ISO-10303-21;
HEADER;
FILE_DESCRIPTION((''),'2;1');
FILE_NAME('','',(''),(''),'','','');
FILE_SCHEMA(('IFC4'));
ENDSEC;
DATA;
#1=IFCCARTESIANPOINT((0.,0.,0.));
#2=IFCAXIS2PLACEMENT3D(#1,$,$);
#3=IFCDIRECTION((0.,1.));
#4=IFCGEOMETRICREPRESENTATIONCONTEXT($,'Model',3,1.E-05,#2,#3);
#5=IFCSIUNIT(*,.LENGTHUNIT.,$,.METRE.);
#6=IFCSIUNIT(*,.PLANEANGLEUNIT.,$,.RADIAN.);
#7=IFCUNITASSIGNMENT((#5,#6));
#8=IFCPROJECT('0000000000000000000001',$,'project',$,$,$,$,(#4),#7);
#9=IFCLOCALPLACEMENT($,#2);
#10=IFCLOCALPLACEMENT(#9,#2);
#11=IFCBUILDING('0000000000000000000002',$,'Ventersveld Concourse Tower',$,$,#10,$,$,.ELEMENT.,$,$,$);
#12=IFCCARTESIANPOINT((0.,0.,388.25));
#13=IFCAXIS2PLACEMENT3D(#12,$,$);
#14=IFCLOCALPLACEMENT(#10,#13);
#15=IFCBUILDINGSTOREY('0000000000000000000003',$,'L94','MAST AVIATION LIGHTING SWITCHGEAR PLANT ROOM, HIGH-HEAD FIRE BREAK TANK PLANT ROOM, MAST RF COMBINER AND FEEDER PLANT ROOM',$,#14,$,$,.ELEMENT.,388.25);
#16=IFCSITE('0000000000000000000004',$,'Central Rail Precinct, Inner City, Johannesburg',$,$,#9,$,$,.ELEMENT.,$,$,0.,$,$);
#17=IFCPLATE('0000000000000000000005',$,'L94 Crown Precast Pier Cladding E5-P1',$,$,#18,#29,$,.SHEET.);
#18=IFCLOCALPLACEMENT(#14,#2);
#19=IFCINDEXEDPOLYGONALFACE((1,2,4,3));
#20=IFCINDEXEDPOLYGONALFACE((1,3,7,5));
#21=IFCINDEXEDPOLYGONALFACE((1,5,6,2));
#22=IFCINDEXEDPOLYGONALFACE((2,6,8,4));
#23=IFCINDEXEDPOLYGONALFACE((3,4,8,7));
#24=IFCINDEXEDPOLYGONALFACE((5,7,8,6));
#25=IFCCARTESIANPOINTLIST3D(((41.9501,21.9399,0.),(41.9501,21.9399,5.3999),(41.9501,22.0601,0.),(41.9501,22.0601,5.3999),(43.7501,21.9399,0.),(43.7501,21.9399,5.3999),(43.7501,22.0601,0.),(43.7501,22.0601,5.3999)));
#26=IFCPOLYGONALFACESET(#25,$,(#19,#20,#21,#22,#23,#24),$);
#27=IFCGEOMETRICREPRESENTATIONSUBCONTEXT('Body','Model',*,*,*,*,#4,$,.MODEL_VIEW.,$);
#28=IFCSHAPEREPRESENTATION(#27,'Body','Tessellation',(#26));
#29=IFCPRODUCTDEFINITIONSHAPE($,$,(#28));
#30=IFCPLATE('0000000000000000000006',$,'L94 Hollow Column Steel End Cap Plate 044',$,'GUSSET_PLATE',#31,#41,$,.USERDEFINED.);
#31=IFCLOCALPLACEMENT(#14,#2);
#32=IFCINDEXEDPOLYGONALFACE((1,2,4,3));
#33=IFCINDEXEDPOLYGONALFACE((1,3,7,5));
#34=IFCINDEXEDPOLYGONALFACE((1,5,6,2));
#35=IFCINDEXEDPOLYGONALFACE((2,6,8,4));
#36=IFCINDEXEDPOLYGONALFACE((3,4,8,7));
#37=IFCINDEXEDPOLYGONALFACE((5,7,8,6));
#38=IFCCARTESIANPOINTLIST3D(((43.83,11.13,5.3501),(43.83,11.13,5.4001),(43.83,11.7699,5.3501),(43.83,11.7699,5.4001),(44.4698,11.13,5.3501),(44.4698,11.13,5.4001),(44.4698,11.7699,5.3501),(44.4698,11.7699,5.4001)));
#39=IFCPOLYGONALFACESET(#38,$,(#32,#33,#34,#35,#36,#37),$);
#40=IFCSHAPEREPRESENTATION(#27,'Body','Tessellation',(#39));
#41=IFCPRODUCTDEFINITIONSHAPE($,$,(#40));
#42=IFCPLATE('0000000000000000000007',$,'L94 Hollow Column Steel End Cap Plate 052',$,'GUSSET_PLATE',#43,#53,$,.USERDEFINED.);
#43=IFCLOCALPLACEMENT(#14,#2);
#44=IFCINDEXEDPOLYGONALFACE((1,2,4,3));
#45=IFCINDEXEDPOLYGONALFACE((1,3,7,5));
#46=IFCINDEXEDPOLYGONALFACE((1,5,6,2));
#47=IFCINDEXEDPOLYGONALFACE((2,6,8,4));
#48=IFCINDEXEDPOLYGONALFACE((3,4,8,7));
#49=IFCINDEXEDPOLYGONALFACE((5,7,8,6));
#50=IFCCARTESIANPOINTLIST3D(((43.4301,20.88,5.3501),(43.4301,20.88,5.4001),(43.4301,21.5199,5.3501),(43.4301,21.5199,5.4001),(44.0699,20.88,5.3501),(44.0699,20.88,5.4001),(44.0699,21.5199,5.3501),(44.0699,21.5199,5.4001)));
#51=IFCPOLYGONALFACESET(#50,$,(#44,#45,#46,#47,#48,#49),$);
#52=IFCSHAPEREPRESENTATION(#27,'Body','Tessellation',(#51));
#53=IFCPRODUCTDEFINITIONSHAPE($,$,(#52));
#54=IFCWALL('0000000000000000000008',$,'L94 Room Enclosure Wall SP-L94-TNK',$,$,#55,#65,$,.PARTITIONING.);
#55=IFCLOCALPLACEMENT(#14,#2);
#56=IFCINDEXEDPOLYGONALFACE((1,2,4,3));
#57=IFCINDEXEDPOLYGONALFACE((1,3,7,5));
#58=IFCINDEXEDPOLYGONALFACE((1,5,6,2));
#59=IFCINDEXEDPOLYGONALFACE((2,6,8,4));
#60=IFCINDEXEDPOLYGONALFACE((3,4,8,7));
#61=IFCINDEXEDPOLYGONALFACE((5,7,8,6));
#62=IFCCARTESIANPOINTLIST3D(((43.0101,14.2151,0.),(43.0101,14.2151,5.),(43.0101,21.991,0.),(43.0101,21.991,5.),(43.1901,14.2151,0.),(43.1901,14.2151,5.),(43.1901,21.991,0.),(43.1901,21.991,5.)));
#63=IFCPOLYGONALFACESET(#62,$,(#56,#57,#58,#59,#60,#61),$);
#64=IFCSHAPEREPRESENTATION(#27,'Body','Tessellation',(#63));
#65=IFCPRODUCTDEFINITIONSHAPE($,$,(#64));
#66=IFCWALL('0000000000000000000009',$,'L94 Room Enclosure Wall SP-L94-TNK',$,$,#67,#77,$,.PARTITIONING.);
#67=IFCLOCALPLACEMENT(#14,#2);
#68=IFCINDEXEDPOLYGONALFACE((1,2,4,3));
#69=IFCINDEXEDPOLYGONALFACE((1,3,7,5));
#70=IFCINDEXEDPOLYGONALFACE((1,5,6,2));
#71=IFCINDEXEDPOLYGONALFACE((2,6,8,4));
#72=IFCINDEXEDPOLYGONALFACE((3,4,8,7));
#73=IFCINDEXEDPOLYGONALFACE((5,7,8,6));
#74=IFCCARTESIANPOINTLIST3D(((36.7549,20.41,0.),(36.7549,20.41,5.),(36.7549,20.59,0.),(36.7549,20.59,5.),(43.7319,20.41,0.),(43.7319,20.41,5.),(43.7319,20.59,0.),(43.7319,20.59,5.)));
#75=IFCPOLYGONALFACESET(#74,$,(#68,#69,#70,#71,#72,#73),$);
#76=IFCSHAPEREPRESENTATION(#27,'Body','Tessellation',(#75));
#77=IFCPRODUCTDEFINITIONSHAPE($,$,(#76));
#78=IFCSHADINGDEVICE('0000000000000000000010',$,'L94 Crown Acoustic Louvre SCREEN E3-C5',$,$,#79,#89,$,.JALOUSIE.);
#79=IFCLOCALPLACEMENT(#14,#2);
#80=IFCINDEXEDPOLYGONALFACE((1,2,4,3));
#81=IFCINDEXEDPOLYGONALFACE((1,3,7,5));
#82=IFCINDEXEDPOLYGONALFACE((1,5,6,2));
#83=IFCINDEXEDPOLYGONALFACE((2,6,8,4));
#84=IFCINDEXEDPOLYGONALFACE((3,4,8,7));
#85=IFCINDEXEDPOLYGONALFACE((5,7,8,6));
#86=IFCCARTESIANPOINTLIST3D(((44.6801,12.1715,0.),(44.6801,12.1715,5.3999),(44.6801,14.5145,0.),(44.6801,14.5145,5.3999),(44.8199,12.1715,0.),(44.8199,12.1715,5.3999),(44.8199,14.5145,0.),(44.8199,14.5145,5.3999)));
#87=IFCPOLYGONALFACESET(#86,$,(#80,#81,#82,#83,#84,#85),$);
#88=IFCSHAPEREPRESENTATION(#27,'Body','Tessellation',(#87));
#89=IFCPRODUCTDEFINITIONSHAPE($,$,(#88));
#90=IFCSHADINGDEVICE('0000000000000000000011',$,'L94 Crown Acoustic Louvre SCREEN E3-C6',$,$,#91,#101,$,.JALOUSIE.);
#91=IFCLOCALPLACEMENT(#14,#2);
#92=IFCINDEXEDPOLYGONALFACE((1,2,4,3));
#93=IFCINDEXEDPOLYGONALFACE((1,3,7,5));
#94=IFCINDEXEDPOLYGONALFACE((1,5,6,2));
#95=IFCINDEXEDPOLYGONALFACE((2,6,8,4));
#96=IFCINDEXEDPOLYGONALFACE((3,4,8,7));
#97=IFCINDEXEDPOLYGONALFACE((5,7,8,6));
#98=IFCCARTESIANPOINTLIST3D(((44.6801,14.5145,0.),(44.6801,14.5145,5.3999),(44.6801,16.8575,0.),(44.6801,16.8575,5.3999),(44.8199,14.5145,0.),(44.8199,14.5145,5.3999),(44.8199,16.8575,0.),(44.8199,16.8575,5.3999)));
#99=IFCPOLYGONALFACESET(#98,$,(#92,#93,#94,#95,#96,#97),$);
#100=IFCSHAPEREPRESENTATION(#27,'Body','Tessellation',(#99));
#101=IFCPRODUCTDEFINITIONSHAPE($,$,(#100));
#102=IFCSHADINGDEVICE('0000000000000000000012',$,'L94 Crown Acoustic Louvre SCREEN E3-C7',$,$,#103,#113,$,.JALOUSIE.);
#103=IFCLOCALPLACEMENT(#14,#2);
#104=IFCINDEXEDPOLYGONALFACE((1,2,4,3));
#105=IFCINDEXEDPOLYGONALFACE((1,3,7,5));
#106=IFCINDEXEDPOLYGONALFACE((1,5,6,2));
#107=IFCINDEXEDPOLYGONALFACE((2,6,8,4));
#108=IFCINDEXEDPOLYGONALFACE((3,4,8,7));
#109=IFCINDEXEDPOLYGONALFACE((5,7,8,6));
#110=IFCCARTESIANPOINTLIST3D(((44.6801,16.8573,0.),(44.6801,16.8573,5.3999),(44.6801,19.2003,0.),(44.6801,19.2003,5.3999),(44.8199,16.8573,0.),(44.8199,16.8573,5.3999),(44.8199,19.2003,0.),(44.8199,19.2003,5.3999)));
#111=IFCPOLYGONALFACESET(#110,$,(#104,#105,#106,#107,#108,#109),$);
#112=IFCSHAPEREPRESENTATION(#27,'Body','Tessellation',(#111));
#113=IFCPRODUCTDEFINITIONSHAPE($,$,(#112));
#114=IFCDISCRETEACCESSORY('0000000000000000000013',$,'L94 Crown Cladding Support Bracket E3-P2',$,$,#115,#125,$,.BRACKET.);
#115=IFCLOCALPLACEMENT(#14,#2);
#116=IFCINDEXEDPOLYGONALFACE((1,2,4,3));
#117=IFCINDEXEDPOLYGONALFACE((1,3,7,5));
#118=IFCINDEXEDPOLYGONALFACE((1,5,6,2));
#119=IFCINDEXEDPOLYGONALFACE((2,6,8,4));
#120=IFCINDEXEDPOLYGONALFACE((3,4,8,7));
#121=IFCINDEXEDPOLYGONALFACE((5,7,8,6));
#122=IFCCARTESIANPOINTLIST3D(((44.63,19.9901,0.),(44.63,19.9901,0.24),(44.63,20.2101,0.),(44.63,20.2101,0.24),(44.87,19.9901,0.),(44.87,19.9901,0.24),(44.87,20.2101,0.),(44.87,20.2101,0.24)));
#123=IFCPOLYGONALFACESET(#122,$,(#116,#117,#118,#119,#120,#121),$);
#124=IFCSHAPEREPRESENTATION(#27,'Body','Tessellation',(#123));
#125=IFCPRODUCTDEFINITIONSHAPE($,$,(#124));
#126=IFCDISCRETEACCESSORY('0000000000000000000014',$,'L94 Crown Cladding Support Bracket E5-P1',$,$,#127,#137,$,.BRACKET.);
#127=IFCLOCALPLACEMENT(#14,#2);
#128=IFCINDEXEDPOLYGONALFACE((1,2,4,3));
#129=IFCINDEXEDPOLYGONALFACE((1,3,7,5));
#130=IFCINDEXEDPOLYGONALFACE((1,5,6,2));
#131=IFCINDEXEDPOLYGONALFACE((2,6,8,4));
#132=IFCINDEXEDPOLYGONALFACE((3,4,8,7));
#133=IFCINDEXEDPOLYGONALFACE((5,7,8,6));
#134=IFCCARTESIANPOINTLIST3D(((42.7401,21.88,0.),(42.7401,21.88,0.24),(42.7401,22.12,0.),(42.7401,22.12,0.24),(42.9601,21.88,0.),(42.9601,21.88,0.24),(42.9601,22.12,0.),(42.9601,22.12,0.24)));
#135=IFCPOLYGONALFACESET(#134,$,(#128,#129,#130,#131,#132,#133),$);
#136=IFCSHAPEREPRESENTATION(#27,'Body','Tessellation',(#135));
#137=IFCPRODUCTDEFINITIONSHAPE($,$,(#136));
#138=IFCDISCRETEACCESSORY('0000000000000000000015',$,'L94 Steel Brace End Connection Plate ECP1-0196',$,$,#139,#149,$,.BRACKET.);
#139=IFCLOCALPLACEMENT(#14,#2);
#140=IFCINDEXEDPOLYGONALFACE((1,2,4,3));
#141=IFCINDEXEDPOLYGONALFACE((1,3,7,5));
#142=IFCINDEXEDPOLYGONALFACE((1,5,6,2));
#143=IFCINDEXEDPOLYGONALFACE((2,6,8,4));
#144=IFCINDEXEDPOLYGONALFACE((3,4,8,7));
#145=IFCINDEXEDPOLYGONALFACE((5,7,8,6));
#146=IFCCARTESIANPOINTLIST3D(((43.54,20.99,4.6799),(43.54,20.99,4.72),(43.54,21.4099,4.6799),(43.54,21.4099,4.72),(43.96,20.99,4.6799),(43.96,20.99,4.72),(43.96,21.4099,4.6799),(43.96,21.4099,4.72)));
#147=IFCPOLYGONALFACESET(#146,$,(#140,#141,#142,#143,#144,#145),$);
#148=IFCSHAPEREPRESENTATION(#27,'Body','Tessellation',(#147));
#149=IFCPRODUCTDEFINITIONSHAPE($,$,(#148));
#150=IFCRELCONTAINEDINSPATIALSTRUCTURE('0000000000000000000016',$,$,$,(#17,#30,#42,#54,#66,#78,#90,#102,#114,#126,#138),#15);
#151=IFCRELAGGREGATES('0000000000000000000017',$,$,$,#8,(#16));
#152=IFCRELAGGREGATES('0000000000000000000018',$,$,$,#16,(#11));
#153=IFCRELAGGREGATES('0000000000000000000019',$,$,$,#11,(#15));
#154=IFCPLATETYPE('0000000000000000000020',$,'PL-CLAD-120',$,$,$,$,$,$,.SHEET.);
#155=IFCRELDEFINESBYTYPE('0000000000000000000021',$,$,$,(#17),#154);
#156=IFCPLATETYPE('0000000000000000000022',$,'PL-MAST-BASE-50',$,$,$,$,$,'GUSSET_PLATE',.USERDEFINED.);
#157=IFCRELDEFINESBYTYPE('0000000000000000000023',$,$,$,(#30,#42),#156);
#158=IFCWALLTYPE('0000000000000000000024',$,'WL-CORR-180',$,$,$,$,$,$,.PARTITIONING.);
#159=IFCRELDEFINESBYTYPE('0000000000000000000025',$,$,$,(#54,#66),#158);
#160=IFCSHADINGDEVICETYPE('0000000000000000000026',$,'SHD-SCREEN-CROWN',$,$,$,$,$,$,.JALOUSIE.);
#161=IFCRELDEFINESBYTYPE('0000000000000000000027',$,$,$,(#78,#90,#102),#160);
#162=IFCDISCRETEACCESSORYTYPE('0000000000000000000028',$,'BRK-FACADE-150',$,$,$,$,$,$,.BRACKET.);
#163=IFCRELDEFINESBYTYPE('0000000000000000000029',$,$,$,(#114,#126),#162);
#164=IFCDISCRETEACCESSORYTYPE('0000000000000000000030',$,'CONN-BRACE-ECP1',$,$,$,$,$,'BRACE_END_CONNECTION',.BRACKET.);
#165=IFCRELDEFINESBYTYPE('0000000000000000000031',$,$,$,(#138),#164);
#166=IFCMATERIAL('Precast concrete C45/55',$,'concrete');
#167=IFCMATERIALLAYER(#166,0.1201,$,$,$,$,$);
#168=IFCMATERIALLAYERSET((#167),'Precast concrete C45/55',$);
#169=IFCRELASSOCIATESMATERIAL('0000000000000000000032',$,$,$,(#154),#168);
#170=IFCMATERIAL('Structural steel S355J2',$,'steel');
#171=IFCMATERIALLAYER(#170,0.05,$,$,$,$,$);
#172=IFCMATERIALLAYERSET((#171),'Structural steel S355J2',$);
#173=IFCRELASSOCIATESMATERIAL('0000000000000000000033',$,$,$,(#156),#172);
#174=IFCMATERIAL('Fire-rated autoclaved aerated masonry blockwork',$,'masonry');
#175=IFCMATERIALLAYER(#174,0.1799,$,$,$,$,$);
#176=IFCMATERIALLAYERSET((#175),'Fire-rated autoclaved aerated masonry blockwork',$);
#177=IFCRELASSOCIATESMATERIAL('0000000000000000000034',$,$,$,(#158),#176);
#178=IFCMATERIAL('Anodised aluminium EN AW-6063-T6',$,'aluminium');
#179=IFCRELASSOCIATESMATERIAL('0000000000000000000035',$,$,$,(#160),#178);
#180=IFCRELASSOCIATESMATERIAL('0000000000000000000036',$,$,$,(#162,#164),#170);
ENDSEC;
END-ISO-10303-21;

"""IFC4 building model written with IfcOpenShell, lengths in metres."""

from ifc_helpers import new_model, si_unit, direction, frame, frame_2d, origin, origin_2d, place, context, subcontext, project, spatial, rectangle, extrude, material, layer, layer_set, type_object, element, save


model = new_model("IFC4")

# Units and contexts
model_context = context("Model", 3, precision=1e-05, world=origin(), true_north=direction((0.0, 1.0)))
body_context = subcontext(model_context, "Body", "Model", "MODEL_VIEW")
ifc_project = project(units=[si_unit("LENGTHUNIT", "METRE"), si_unit("PLANEANGLEUNIT", "RADIAN")], contexts=[model_context])

# Site, building, storey
site_placement = place(None, origin())
site = spatial("IfcSite", under=ifc_project, at=site_placement, Name="Central Rail Precinct, Inner City, Johannesburg", CompositionType="ELEMENT", RefElevation=0.0)
building_placement = place(site_placement, origin())
building = spatial("IfcBuilding", under=site, at=building_placement, Name="Ventersveld Concourse Tower", CompositionType="ELEMENT")
storey_placement = place(building_placement, frame((0.0, 0.0, 388.25)))
storey = spatial("IfcBuildingStorey", under=building, at=storey_placement, Name="L94", Description="MAST AVIATION LIGHTING SWITCHGEAR PLANT ROOM, HIGH-HEAD FIRE BREAK TANK PLANT ROOM, MAST RF COMBINER AND FEEDER PLANT ROOM", CompositionType="ELEMENT", Elevation=388.25)

# Shared definitions
ifc_material_1 = material(Name="Anodised aluminium EN AW-6063-T6", Category="aluminium")

# Plates
ifc_material_2 = material(Name="Precast concrete C45/55", Category="concrete")
ifc_layer_1 = layer(ifc_material_2, 0.1201)
ifc_layer_set_1 = layer_set([ifc_layer_1], Name="Precast concrete C45/55")
plate_type_1 = type_object("IfcPlateType", Name="PL-CLAD-120", PredefinedType="SHEET", material=ifc_layer_set_1)
plate_1_placement = place(storey_placement, frame((42.8501, 22.0, 0.0), z_axis=(0.0, 0.0, 1.0), x_axis=(-1.0, 0.0, 0.0)))
element("IfcPlate", 1, at=plate_1_placement, inside=storey, type_object=plate_type_1, Name="L94 Crown Precast Pier Cladding E5-P1", PredefinedType="SHEET", context=body_context, shape_type="SweptSolid", body=[
    extrude(rectangle(XDim=1.8, YDim=0.1201, at=origin_2d()), origin(), (0.0, 0.0, 1.0), 5.3999),
])
ifc_material_3 = material(Name="Structural steel S355J2", Category="steel")
ifc_layer_2 = layer(ifc_material_3, 0.05)
ifc_layer_set_2 = layer_set([ifc_layer_2], Name="Structural steel S355J2")
plate_type_2 = type_object("IfcPlateType", Name="PL-MAST-BASE-50", ElementType="GUSSET_PLATE", PredefinedType="USERDEFINED", material=ifc_layer_set_2)
for number, where, z_axis, x_axis, name in (
    (2, (44.1499, 11.45, 5.3501), (0.0, 0.0, 1.0), (1.0, 0.0, 0.0), "L94 Hollow Column Steel End Cap Plate 044"),
    (3, (43.75, 21.2, 5.3501), (0.0, 0.0, 1.0), (1.0, 0.0, 0.0), "L94 Hollow Column Steel End Cap Plate 052"),
):
    element("IfcPlate", number, at=place(storey_placement, frame(where, z_axis=z_axis, x_axis=x_axis)), inside=storey, type_object=plate_type_2, Name=name, ObjectType="GUSSET_PLATE", PredefinedType="USERDEFINED", context=body_context, shape_type="SweptSolid", body=[
        extrude(rectangle(XDim=0.6399, YDim=0.6399, at=origin_2d()), origin(), (0.0, 0.0, 1.0), 0.05),
    ])

# Walls
ifc_material_4 = material(Name="Fire-rated autoclaved aerated masonry blockwork", Category="masonry")
ifc_layer_3 = layer(ifc_material_4, 0.1799)
ifc_layer_set_3 = layer_set([ifc_layer_3], Name="Fire-rated autoclaved aerated masonry blockwork")
wall_type = type_object("IfcWallType", Name="WL-CORR-180", PredefinedType="PARTITIONING", material=ifc_layer_set_3)
wall_1_placement = place(storey_placement, frame((43.1001, 14.2151, 0.0), z_axis=(0.0, 0.0, 1.0), x_axis=(0.0, 1.0, 0.0)))
element("IfcWall", 4, at=wall_1_placement, inside=storey, type_object=wall_type, Name="L94 Room Enclosure Wall SP-L94-TNK", PredefinedType="PARTITIONING", context=body_context, shape_type="SweptSolid", body=[
    extrude(rectangle(XDim=7.7759, YDim=0.1799, at=frame_2d((3.8879, 0.0))), origin(), (0.0, 0.0, 1.0), 5.0),
])
wall_2_placement = place(storey_placement, frame((43.7319, 20.5, 0.0), z_axis=(0.0, 0.0, 1.0), x_axis=(-1.0, 0.0, 0.0)))
element("IfcWall", 5, at=wall_2_placement, inside=storey, type_object=wall_type, Name="L94 Room Enclosure Wall SP-L94-TNK", PredefinedType="PARTITIONING", context=body_context, shape_type="SweptSolid", body=[
    extrude(rectangle(XDim=6.9771, YDim=0.1799, at=frame_2d((3.4885, 0.0))), origin(), (0.0, 0.0, 1.0), 5.0),
])

# Shading devices
shading_device_type = type_object("IfcShadingDeviceType", Name="SHD-SCREEN-CROWN", PredefinedType="JALOUSIE", material=ifc_material_1)
for number, where, z_axis, x_axis, name in (
    (6, (44.75, 13.343, 0.0), (0.0, 0.0, 1.0), (0.0, 1.0, 0.0), "L94 Crown Acoustic Louvre SCREEN E3-C5"),
    (7, (44.75, 15.686, 0.0), (0.0, 0.0, 1.0), (0.0, 1.0, 0.0), "L94 Crown Acoustic Louvre SCREEN E3-C6"),
    (8, (44.75, 18.0288, 0.0), (0.0, 0.0, 1.0), (0.0, 1.0, 0.0), "L94 Crown Acoustic Louvre SCREEN E3-C7"),
):
    element("IfcShadingDevice", number, at=place(storey_placement, frame(where, z_axis=z_axis, x_axis=x_axis)), inside=storey, type_object=shading_device_type, Name=name, PredefinedType="JALOUSIE", context=body_context, shape_type="SweptSolid", body=[
        extrude(rectangle(XDim=2.343, YDim=0.1399, at=origin_2d()), origin(), (0.0, 0.0, 1.0), 5.3999),
    ])

# Discrete accessories
discrete_accessory_type_1 = type_object("IfcDiscreteAccessoryType", Name="BRK-FACADE-150", PredefinedType="BRACKET", material=ifc_material_3)
for number, where, z_axis, x_axis, name in (
    (9, (44.75, 20.1001, 0.0), (0.0, 0.0, 1.0), (0.0, 1.0, 0.0), "L94 Crown Cladding Support Bracket E3-P2"),
    (10, (42.8501, 22.0, 0.0), (0.0, 0.0, 1.0), (-1.0, 0.0, 0.0), "L94 Crown Cladding Support Bracket E5-P1"),
):
    element("IfcDiscreteAccessory", number, at=place(storey_placement, frame(where, z_axis=z_axis, x_axis=x_axis)), inside=storey, type_object=discrete_accessory_type_1, Name=name, PredefinedType="BRACKET", context=body_context, shape_type="SweptSolid", body=[
        extrude(rectangle(XDim=0.22, YDim=0.24, at=origin_2d()), origin(), (0.0, 0.0, 1.0), 0.24),
    ])
discrete_accessory_type_2 = type_object("IfcDiscreteAccessoryType", Name="CONN-BRACE-ECP1", ElementType="BRACE_END_CONNECTION", PredefinedType="BRACKET", material=ifc_material_3)
discrete_accessory_placement = place(storey_placement, frame((43.75, 21.2, 4.6799), z_axis=(0.0, 0.0, 1.0), x_axis=(1.0, 0.0, 0.0)))
element("IfcDiscreteAccessory", 11, at=discrete_accessory_placement, inside=storey, type_object=discrete_accessory_type_2, Name="L94 Steel Brace End Connection Plate ECP1-0196", PredefinedType="BRACKET", context=body_context, shape_type="SweptSolid", body=[
    extrude(rectangle(XDim=0.4199, YDim=0.4199, at=origin_2d()), origin(), (0.0, 0.0, 1.0), 0.04),
])

save(model, "model.ifc")
